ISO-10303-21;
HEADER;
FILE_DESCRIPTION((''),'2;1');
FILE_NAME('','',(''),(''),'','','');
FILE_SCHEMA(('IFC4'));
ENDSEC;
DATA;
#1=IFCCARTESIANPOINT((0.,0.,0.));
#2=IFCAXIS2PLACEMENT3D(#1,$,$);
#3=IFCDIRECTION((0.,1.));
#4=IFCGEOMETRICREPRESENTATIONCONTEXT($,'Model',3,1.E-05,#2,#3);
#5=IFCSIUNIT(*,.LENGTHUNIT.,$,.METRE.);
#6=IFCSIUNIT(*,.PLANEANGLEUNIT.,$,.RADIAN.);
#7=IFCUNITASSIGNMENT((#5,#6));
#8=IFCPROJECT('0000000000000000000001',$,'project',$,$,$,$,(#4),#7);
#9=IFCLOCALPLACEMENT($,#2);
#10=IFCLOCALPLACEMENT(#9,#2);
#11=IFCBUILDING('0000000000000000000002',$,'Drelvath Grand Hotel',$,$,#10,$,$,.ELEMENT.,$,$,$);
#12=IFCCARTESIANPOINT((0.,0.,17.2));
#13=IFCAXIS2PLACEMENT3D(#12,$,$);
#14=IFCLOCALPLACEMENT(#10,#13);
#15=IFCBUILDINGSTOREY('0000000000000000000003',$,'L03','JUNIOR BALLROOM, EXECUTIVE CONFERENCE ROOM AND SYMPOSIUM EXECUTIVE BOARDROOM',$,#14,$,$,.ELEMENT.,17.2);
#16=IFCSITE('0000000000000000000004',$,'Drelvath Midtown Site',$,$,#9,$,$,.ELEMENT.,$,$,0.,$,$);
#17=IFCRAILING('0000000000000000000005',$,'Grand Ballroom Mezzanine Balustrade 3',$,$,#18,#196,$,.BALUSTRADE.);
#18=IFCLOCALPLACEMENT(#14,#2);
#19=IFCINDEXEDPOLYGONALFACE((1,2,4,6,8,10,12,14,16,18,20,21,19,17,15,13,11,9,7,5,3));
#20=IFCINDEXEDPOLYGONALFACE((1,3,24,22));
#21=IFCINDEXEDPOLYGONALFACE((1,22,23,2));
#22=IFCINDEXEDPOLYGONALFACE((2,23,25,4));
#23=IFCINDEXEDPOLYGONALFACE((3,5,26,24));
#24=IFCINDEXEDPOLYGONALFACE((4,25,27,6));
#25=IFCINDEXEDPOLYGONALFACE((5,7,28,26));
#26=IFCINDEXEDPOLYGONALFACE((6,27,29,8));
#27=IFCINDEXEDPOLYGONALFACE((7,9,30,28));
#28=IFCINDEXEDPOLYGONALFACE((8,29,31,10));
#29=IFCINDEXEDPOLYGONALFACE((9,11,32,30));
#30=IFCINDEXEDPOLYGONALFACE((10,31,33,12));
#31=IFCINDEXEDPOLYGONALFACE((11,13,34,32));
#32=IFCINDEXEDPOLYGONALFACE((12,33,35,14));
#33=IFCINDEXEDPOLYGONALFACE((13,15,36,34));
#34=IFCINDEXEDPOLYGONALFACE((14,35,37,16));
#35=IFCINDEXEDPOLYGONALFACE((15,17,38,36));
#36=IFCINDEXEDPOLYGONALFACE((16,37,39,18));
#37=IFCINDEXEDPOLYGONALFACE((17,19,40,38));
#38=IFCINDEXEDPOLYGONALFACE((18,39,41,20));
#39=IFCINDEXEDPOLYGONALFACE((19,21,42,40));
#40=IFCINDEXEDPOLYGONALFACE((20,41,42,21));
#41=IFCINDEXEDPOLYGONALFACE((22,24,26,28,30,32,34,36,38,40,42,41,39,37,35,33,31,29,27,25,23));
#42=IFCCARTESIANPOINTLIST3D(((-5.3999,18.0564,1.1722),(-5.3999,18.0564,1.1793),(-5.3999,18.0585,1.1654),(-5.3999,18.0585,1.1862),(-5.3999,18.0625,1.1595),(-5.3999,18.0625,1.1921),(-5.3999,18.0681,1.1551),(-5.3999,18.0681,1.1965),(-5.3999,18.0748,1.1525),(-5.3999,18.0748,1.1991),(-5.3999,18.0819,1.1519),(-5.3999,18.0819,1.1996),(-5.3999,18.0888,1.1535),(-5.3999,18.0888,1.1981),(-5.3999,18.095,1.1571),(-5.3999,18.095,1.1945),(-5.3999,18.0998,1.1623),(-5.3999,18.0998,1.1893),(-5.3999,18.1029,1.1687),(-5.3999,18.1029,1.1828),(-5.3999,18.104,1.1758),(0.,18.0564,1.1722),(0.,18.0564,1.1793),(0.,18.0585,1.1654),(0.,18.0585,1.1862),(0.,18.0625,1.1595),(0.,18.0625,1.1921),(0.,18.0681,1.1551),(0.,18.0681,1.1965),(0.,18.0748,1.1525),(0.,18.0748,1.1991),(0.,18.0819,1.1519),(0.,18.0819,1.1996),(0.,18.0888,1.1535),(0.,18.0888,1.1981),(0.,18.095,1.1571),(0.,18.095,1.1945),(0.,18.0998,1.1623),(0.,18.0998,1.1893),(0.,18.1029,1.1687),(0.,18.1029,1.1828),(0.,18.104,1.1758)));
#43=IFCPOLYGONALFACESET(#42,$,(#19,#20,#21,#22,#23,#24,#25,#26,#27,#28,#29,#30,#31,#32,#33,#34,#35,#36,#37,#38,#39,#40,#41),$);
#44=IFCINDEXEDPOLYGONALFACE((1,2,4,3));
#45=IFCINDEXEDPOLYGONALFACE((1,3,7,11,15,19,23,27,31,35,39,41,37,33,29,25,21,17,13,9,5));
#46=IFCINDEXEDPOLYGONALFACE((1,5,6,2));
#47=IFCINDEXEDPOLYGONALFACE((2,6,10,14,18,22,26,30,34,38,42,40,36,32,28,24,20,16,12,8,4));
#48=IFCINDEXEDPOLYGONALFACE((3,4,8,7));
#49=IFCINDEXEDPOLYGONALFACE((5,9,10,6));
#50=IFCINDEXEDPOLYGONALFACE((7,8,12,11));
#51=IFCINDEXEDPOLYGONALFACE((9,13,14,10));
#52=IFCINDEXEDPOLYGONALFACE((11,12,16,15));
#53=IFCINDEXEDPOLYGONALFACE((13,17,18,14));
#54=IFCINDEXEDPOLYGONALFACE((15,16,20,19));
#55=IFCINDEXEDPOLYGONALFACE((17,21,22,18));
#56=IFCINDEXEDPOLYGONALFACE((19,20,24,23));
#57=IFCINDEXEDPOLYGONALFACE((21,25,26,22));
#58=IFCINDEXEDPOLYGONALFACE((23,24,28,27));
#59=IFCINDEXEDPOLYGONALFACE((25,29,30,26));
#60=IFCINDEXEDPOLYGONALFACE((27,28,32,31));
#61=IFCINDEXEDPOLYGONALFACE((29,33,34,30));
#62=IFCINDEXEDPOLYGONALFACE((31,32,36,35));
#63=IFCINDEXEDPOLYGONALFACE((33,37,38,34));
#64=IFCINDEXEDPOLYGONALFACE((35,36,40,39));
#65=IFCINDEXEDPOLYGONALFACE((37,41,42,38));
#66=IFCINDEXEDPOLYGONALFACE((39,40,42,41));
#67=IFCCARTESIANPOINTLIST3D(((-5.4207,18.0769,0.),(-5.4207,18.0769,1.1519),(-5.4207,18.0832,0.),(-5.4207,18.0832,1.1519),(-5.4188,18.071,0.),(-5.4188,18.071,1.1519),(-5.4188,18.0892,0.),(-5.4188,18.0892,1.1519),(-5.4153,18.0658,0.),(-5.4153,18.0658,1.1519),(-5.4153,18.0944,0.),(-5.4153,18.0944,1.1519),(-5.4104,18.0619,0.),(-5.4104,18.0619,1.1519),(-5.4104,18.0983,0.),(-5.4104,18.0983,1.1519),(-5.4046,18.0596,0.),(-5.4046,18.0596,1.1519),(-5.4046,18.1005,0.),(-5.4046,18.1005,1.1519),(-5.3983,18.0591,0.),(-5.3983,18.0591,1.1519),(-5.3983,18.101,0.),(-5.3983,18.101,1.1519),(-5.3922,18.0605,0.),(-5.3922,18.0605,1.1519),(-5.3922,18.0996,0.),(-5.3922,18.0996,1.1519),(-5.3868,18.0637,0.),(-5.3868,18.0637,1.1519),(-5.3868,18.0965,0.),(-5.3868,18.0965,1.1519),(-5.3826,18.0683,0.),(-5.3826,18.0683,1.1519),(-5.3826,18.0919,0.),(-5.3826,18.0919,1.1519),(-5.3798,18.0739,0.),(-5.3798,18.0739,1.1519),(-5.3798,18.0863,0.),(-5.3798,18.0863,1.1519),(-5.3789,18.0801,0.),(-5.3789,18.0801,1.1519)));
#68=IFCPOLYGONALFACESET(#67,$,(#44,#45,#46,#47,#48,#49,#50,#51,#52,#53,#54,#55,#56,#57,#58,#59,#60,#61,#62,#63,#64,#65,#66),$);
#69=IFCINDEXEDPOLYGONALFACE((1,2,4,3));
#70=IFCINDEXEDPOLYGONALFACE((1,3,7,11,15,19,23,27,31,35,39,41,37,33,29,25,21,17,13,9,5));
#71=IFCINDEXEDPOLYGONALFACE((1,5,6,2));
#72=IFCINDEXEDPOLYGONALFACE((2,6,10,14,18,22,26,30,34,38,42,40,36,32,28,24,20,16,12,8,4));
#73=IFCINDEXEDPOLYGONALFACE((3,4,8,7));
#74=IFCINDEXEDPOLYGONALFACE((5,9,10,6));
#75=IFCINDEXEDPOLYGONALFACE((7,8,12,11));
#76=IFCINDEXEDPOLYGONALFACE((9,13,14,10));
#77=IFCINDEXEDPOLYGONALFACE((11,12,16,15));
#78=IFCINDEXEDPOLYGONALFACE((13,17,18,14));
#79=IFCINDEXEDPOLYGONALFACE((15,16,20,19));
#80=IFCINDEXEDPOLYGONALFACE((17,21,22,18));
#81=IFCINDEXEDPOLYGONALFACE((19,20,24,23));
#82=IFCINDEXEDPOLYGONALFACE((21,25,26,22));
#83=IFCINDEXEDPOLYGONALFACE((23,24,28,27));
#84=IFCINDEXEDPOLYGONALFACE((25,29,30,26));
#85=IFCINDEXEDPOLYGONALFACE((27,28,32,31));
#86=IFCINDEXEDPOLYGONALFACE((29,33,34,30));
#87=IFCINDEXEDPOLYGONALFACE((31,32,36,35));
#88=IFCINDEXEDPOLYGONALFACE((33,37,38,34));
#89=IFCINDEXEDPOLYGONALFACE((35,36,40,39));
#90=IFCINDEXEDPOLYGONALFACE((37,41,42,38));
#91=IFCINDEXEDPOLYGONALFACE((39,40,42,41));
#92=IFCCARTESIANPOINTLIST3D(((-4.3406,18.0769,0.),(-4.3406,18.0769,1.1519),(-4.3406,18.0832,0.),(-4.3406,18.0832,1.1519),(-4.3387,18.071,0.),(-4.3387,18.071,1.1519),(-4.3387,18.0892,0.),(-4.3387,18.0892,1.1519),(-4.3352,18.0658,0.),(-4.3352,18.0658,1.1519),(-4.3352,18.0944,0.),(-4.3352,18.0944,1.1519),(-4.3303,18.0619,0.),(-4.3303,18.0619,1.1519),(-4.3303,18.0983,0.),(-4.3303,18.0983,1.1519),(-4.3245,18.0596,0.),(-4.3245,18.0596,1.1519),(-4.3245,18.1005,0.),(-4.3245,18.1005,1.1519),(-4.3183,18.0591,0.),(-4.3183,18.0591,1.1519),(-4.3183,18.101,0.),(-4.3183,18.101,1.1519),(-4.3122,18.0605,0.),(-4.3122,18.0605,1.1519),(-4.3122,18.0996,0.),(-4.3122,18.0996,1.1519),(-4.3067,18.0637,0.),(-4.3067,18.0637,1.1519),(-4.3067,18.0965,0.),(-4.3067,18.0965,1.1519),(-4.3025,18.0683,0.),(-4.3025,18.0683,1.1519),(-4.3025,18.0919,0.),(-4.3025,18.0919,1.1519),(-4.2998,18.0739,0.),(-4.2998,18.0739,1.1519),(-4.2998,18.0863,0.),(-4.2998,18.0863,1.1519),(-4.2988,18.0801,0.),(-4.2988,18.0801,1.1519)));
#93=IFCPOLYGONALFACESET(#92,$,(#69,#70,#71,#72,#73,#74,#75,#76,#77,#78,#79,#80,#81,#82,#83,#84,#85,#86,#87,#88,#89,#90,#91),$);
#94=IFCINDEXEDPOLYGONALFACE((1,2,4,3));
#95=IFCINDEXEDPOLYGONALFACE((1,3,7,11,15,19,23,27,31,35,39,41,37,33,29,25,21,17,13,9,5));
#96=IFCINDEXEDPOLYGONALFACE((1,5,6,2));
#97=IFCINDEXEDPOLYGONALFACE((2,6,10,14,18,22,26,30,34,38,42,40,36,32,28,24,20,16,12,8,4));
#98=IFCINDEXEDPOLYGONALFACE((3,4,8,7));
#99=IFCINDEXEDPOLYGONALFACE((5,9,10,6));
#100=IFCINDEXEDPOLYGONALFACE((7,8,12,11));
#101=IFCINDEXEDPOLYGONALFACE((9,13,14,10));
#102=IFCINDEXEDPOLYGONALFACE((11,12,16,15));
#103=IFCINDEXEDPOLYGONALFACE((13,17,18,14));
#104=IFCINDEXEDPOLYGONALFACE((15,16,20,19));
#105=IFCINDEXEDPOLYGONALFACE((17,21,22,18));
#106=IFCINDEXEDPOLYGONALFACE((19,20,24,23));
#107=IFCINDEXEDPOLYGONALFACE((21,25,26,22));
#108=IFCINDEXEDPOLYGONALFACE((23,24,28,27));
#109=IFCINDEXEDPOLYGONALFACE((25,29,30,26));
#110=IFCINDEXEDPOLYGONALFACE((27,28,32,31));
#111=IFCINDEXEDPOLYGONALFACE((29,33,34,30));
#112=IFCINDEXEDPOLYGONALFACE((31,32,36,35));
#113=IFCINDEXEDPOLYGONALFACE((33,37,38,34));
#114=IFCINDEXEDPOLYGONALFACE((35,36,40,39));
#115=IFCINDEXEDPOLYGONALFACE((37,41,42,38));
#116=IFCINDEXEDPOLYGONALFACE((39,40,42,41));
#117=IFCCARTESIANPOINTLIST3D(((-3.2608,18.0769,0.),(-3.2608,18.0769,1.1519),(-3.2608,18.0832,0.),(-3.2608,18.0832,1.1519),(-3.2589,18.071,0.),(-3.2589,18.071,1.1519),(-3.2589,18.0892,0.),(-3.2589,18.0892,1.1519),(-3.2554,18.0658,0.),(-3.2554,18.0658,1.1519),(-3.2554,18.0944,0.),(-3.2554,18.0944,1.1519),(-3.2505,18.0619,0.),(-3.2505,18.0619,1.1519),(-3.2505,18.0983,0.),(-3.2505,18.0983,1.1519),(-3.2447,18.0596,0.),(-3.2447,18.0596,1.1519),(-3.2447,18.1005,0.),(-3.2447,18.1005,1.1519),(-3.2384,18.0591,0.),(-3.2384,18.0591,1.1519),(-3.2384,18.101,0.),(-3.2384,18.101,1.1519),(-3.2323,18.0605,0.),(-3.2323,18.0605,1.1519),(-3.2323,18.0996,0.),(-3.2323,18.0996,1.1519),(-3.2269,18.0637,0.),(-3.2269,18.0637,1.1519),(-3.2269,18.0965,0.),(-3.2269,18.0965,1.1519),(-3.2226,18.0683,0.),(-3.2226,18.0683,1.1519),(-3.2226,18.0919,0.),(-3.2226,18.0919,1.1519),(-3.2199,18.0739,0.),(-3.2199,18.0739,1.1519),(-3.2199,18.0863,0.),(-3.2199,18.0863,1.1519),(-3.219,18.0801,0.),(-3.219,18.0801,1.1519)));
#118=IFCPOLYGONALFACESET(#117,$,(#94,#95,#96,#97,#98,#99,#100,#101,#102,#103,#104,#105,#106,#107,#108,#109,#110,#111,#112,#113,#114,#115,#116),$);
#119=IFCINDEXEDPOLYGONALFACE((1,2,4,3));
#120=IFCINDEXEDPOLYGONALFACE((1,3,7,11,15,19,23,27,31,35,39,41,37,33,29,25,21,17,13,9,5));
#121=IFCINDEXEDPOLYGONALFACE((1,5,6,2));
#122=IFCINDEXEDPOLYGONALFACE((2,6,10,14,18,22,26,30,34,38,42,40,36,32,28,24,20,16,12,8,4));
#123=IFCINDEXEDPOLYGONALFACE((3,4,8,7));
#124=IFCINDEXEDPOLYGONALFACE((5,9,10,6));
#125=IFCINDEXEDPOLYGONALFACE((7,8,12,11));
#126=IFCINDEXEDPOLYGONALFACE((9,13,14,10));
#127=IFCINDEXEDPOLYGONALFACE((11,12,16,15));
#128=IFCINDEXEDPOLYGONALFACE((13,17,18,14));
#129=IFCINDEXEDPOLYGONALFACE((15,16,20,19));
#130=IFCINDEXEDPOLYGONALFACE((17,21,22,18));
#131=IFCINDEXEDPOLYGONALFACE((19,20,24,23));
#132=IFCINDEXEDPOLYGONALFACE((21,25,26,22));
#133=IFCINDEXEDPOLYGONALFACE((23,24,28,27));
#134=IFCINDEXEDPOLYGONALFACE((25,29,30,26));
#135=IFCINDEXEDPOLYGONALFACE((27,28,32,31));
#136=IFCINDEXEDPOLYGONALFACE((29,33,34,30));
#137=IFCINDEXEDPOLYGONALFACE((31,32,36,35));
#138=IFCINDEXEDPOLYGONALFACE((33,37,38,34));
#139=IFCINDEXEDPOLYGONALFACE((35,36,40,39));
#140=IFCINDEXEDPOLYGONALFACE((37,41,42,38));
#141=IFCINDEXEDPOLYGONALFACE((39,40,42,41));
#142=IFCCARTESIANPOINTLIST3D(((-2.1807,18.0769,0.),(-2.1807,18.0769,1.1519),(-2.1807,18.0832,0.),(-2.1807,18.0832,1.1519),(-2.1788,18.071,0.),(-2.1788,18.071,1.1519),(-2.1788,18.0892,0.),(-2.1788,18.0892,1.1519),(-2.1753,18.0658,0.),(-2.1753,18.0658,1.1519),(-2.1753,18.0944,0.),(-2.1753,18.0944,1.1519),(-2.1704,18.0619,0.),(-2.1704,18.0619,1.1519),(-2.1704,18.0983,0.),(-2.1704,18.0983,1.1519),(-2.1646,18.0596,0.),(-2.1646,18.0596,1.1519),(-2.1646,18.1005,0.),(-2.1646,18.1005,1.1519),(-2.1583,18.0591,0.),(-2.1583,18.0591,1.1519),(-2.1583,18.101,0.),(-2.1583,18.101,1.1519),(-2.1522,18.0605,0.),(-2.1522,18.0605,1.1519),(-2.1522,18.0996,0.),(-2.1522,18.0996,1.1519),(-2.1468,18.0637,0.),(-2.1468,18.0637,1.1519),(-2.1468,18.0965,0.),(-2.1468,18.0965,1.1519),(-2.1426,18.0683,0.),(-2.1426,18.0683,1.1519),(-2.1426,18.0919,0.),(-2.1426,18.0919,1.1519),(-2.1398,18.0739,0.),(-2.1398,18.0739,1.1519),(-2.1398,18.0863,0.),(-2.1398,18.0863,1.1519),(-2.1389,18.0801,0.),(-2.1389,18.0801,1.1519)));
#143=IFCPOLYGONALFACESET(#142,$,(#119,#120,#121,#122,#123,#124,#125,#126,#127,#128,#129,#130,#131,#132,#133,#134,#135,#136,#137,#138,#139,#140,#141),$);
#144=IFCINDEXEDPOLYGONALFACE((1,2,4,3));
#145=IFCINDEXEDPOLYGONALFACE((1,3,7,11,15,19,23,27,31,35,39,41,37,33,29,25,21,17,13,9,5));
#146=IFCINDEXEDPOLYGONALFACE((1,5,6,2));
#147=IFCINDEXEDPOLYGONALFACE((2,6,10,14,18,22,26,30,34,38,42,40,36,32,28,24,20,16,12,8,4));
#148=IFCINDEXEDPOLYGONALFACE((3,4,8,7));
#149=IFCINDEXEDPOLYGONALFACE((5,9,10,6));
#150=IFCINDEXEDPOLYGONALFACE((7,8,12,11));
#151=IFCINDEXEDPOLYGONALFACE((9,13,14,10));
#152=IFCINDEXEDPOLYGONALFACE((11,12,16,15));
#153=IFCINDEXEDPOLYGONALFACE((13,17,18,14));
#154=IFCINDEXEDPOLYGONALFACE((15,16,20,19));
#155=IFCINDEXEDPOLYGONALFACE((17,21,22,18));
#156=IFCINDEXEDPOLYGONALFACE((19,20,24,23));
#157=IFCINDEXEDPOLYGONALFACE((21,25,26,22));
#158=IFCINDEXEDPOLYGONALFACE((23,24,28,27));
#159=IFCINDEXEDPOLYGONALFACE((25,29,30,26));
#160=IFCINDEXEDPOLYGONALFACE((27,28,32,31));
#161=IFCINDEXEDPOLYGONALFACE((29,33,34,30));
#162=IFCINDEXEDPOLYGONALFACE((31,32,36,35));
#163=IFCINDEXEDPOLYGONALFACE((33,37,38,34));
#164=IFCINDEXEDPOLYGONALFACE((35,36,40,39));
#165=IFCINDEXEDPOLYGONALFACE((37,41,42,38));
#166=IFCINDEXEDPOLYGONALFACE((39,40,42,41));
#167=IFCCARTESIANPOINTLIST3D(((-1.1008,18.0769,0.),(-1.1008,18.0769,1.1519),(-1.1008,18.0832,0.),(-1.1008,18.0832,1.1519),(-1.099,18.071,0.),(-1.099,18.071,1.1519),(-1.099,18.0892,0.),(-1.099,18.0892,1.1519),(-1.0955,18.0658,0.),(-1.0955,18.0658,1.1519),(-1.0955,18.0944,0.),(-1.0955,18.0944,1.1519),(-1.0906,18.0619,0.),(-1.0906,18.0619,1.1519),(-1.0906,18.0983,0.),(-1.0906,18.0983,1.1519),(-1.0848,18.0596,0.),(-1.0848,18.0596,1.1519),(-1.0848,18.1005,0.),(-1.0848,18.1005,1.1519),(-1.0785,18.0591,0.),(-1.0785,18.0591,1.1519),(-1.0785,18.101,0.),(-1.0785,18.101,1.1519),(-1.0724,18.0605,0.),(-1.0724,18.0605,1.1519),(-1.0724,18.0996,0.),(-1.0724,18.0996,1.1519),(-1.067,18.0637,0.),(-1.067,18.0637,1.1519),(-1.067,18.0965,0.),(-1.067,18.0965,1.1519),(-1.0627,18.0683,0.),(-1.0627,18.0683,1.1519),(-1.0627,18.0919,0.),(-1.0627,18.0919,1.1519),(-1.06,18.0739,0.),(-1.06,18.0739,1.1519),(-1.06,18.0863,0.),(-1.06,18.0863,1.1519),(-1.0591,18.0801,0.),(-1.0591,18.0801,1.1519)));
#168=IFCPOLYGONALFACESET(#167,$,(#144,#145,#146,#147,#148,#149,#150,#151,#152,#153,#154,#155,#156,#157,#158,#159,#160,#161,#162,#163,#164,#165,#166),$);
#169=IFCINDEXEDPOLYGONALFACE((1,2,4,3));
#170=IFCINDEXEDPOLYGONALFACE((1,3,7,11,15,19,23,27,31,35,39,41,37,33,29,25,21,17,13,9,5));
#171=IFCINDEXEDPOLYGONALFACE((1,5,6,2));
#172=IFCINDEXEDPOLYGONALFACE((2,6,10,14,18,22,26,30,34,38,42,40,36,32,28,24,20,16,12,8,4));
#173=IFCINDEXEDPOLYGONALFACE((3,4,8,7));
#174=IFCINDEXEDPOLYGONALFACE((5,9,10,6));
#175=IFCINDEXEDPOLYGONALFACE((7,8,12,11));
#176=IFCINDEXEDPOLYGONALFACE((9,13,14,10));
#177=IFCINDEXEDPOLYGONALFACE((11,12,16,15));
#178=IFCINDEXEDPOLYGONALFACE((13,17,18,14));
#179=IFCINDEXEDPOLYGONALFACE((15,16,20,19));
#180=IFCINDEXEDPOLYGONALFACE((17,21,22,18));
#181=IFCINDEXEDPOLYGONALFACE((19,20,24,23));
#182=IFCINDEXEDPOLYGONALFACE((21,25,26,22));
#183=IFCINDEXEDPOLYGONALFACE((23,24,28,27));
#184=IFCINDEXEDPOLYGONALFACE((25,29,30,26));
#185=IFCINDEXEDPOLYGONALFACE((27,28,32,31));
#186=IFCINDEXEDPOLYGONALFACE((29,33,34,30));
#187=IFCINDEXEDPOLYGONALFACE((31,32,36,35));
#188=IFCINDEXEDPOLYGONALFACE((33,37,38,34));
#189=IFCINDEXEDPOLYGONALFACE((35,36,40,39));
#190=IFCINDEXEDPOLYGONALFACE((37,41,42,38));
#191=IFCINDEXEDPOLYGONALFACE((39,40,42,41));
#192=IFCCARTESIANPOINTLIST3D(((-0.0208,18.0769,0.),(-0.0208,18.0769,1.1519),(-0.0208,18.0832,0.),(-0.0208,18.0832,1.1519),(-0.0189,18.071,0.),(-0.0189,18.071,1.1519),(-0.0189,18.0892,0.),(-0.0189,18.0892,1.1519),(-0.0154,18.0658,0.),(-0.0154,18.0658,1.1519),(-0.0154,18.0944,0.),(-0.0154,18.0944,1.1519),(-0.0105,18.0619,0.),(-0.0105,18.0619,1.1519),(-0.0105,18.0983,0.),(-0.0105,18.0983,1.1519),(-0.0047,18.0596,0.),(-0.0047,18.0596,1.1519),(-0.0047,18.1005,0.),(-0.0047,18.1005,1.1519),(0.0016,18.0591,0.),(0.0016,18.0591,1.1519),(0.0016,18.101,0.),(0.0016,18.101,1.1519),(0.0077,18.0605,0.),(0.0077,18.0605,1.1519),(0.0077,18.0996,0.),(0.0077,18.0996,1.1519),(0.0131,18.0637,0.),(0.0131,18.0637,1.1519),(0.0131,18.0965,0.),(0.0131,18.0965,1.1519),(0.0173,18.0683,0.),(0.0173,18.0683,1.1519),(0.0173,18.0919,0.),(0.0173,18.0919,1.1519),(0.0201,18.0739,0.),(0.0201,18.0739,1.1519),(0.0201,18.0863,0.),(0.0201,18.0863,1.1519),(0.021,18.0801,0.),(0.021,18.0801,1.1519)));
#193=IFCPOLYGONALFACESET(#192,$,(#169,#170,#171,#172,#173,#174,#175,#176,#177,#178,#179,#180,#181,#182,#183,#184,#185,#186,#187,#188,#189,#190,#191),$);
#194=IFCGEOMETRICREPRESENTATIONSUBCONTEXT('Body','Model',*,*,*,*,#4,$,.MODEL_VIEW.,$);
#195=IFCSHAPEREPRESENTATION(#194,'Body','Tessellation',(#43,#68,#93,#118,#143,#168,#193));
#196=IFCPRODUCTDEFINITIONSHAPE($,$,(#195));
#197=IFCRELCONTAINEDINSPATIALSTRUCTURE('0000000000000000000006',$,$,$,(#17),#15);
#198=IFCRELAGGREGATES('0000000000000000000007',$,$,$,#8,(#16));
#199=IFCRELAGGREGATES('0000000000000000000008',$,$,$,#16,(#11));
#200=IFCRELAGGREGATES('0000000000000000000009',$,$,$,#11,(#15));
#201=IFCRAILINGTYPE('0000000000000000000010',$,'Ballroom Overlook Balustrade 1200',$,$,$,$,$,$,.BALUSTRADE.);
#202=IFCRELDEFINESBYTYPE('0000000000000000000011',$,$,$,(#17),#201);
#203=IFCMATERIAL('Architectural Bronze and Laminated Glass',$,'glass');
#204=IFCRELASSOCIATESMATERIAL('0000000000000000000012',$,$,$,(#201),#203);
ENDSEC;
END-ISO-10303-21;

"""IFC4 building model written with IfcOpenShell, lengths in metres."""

from ifc_helpers import new_model, si_unit, direction, frame, origin, origin_2d, place, context, subcontext, project, spatial, circle, extrude, material, type_object, element, save


model = new_model("IFC4")

# Units and contexts
model_context = context("Model", 3, precision=1e-05, world=origin(), true_north=direction((0.0, 1.0)))
body_context = subcontext(model_context, "Body", "Model", "MODEL_VIEW")
ifc_project = project(units=[si_unit("LENGTHUNIT", "METRE"), si_unit("PLANEANGLEUNIT", "RADIAN")], contexts=[model_context])

# Site, building, storey
site_placement = place(None, origin())
site = spatial("IfcSite", under=ifc_project, at=site_placement, Name="Drelvath Midtown Site", CompositionType="ELEMENT", RefElevation=0.0)
building_placement = place(site_placement, origin())
building = spatial("IfcBuilding", under=site, at=building_placement, Name="Drelvath Grand Hotel", CompositionType="ELEMENT")
storey_placement = place(building_placement, frame((0.0, 0.0, 17.2)))
storey = spatial("IfcBuildingStorey", under=building, at=storey_placement, Name="L03", Description="JUNIOR BALLROOM, EXECUTIVE CONFERENCE ROOM AND SYMPOSIUM EXECUTIVE BOARDROOM", CompositionType="ELEMENT", Elevation=17.2)

# Railing
ifc_material_1 = material(Name="Architectural Bronze and Laminated Glass", Category="glass")
railing_type = type_object("IfcRailingType", Name="Ballroom Overlook Balustrade 1200", PredefinedType="BALUSTRADE", material=ifc_material_1)
for number, where, name in (
    (1, (-5.3999, 18.0801, 0.0), "Grand Ballroom Mezzanine Balustrade 3"),
):
    element("IfcRailing", number, at=place(storey_placement, frame(where)), inside=storey, type_object=railing_type, Name=name, PredefinedType="BALUSTRADE", context=body_context, shape_type="SweptSolid", body=[
        extrude(circle(Radius=0.0239, at=origin_2d()), frame((0.0, 0.0, 1.1758), z_axis=(1.0, 0.0, 0.0), x_axis=(0.0, 1.0, 0.0)), (0.0, 0.0, 1.0), 5.3999),
        extrude(circle(Radius=0.021, at=origin_2d()), origin(), (0.0, 0.0, 1.0), 1.1519),
        extrude(circle(Radius=0.021, at=origin_2d()), frame((1.0801, 0.0, 0.0)), (0.0, 0.0, 1.0), 1.1519),
        extrude(circle(Radius=0.021, at=origin_2d()), frame((2.1599, 0.0, 0.0)), (0.0, 0.0, 1.0), 1.1519),
        extrude(circle(Radius=0.021, at=origin_2d()), frame((3.24, 0.0, 0.0)), (0.0, 0.0, 1.0), 1.1519),
        extrude(circle(Radius=0.021, at=origin_2d()), frame((4.3198, 0.0, 0.0)), (0.0, 0.0, 1.0), 1.1519),
        extrude(circle(Radius=0.021, at=origin_2d()), frame((5.3999, 0.0, 0.0)), (0.0, 0.0, 1.0), 1.1519),
    ])

save(model, "model.ifc")
